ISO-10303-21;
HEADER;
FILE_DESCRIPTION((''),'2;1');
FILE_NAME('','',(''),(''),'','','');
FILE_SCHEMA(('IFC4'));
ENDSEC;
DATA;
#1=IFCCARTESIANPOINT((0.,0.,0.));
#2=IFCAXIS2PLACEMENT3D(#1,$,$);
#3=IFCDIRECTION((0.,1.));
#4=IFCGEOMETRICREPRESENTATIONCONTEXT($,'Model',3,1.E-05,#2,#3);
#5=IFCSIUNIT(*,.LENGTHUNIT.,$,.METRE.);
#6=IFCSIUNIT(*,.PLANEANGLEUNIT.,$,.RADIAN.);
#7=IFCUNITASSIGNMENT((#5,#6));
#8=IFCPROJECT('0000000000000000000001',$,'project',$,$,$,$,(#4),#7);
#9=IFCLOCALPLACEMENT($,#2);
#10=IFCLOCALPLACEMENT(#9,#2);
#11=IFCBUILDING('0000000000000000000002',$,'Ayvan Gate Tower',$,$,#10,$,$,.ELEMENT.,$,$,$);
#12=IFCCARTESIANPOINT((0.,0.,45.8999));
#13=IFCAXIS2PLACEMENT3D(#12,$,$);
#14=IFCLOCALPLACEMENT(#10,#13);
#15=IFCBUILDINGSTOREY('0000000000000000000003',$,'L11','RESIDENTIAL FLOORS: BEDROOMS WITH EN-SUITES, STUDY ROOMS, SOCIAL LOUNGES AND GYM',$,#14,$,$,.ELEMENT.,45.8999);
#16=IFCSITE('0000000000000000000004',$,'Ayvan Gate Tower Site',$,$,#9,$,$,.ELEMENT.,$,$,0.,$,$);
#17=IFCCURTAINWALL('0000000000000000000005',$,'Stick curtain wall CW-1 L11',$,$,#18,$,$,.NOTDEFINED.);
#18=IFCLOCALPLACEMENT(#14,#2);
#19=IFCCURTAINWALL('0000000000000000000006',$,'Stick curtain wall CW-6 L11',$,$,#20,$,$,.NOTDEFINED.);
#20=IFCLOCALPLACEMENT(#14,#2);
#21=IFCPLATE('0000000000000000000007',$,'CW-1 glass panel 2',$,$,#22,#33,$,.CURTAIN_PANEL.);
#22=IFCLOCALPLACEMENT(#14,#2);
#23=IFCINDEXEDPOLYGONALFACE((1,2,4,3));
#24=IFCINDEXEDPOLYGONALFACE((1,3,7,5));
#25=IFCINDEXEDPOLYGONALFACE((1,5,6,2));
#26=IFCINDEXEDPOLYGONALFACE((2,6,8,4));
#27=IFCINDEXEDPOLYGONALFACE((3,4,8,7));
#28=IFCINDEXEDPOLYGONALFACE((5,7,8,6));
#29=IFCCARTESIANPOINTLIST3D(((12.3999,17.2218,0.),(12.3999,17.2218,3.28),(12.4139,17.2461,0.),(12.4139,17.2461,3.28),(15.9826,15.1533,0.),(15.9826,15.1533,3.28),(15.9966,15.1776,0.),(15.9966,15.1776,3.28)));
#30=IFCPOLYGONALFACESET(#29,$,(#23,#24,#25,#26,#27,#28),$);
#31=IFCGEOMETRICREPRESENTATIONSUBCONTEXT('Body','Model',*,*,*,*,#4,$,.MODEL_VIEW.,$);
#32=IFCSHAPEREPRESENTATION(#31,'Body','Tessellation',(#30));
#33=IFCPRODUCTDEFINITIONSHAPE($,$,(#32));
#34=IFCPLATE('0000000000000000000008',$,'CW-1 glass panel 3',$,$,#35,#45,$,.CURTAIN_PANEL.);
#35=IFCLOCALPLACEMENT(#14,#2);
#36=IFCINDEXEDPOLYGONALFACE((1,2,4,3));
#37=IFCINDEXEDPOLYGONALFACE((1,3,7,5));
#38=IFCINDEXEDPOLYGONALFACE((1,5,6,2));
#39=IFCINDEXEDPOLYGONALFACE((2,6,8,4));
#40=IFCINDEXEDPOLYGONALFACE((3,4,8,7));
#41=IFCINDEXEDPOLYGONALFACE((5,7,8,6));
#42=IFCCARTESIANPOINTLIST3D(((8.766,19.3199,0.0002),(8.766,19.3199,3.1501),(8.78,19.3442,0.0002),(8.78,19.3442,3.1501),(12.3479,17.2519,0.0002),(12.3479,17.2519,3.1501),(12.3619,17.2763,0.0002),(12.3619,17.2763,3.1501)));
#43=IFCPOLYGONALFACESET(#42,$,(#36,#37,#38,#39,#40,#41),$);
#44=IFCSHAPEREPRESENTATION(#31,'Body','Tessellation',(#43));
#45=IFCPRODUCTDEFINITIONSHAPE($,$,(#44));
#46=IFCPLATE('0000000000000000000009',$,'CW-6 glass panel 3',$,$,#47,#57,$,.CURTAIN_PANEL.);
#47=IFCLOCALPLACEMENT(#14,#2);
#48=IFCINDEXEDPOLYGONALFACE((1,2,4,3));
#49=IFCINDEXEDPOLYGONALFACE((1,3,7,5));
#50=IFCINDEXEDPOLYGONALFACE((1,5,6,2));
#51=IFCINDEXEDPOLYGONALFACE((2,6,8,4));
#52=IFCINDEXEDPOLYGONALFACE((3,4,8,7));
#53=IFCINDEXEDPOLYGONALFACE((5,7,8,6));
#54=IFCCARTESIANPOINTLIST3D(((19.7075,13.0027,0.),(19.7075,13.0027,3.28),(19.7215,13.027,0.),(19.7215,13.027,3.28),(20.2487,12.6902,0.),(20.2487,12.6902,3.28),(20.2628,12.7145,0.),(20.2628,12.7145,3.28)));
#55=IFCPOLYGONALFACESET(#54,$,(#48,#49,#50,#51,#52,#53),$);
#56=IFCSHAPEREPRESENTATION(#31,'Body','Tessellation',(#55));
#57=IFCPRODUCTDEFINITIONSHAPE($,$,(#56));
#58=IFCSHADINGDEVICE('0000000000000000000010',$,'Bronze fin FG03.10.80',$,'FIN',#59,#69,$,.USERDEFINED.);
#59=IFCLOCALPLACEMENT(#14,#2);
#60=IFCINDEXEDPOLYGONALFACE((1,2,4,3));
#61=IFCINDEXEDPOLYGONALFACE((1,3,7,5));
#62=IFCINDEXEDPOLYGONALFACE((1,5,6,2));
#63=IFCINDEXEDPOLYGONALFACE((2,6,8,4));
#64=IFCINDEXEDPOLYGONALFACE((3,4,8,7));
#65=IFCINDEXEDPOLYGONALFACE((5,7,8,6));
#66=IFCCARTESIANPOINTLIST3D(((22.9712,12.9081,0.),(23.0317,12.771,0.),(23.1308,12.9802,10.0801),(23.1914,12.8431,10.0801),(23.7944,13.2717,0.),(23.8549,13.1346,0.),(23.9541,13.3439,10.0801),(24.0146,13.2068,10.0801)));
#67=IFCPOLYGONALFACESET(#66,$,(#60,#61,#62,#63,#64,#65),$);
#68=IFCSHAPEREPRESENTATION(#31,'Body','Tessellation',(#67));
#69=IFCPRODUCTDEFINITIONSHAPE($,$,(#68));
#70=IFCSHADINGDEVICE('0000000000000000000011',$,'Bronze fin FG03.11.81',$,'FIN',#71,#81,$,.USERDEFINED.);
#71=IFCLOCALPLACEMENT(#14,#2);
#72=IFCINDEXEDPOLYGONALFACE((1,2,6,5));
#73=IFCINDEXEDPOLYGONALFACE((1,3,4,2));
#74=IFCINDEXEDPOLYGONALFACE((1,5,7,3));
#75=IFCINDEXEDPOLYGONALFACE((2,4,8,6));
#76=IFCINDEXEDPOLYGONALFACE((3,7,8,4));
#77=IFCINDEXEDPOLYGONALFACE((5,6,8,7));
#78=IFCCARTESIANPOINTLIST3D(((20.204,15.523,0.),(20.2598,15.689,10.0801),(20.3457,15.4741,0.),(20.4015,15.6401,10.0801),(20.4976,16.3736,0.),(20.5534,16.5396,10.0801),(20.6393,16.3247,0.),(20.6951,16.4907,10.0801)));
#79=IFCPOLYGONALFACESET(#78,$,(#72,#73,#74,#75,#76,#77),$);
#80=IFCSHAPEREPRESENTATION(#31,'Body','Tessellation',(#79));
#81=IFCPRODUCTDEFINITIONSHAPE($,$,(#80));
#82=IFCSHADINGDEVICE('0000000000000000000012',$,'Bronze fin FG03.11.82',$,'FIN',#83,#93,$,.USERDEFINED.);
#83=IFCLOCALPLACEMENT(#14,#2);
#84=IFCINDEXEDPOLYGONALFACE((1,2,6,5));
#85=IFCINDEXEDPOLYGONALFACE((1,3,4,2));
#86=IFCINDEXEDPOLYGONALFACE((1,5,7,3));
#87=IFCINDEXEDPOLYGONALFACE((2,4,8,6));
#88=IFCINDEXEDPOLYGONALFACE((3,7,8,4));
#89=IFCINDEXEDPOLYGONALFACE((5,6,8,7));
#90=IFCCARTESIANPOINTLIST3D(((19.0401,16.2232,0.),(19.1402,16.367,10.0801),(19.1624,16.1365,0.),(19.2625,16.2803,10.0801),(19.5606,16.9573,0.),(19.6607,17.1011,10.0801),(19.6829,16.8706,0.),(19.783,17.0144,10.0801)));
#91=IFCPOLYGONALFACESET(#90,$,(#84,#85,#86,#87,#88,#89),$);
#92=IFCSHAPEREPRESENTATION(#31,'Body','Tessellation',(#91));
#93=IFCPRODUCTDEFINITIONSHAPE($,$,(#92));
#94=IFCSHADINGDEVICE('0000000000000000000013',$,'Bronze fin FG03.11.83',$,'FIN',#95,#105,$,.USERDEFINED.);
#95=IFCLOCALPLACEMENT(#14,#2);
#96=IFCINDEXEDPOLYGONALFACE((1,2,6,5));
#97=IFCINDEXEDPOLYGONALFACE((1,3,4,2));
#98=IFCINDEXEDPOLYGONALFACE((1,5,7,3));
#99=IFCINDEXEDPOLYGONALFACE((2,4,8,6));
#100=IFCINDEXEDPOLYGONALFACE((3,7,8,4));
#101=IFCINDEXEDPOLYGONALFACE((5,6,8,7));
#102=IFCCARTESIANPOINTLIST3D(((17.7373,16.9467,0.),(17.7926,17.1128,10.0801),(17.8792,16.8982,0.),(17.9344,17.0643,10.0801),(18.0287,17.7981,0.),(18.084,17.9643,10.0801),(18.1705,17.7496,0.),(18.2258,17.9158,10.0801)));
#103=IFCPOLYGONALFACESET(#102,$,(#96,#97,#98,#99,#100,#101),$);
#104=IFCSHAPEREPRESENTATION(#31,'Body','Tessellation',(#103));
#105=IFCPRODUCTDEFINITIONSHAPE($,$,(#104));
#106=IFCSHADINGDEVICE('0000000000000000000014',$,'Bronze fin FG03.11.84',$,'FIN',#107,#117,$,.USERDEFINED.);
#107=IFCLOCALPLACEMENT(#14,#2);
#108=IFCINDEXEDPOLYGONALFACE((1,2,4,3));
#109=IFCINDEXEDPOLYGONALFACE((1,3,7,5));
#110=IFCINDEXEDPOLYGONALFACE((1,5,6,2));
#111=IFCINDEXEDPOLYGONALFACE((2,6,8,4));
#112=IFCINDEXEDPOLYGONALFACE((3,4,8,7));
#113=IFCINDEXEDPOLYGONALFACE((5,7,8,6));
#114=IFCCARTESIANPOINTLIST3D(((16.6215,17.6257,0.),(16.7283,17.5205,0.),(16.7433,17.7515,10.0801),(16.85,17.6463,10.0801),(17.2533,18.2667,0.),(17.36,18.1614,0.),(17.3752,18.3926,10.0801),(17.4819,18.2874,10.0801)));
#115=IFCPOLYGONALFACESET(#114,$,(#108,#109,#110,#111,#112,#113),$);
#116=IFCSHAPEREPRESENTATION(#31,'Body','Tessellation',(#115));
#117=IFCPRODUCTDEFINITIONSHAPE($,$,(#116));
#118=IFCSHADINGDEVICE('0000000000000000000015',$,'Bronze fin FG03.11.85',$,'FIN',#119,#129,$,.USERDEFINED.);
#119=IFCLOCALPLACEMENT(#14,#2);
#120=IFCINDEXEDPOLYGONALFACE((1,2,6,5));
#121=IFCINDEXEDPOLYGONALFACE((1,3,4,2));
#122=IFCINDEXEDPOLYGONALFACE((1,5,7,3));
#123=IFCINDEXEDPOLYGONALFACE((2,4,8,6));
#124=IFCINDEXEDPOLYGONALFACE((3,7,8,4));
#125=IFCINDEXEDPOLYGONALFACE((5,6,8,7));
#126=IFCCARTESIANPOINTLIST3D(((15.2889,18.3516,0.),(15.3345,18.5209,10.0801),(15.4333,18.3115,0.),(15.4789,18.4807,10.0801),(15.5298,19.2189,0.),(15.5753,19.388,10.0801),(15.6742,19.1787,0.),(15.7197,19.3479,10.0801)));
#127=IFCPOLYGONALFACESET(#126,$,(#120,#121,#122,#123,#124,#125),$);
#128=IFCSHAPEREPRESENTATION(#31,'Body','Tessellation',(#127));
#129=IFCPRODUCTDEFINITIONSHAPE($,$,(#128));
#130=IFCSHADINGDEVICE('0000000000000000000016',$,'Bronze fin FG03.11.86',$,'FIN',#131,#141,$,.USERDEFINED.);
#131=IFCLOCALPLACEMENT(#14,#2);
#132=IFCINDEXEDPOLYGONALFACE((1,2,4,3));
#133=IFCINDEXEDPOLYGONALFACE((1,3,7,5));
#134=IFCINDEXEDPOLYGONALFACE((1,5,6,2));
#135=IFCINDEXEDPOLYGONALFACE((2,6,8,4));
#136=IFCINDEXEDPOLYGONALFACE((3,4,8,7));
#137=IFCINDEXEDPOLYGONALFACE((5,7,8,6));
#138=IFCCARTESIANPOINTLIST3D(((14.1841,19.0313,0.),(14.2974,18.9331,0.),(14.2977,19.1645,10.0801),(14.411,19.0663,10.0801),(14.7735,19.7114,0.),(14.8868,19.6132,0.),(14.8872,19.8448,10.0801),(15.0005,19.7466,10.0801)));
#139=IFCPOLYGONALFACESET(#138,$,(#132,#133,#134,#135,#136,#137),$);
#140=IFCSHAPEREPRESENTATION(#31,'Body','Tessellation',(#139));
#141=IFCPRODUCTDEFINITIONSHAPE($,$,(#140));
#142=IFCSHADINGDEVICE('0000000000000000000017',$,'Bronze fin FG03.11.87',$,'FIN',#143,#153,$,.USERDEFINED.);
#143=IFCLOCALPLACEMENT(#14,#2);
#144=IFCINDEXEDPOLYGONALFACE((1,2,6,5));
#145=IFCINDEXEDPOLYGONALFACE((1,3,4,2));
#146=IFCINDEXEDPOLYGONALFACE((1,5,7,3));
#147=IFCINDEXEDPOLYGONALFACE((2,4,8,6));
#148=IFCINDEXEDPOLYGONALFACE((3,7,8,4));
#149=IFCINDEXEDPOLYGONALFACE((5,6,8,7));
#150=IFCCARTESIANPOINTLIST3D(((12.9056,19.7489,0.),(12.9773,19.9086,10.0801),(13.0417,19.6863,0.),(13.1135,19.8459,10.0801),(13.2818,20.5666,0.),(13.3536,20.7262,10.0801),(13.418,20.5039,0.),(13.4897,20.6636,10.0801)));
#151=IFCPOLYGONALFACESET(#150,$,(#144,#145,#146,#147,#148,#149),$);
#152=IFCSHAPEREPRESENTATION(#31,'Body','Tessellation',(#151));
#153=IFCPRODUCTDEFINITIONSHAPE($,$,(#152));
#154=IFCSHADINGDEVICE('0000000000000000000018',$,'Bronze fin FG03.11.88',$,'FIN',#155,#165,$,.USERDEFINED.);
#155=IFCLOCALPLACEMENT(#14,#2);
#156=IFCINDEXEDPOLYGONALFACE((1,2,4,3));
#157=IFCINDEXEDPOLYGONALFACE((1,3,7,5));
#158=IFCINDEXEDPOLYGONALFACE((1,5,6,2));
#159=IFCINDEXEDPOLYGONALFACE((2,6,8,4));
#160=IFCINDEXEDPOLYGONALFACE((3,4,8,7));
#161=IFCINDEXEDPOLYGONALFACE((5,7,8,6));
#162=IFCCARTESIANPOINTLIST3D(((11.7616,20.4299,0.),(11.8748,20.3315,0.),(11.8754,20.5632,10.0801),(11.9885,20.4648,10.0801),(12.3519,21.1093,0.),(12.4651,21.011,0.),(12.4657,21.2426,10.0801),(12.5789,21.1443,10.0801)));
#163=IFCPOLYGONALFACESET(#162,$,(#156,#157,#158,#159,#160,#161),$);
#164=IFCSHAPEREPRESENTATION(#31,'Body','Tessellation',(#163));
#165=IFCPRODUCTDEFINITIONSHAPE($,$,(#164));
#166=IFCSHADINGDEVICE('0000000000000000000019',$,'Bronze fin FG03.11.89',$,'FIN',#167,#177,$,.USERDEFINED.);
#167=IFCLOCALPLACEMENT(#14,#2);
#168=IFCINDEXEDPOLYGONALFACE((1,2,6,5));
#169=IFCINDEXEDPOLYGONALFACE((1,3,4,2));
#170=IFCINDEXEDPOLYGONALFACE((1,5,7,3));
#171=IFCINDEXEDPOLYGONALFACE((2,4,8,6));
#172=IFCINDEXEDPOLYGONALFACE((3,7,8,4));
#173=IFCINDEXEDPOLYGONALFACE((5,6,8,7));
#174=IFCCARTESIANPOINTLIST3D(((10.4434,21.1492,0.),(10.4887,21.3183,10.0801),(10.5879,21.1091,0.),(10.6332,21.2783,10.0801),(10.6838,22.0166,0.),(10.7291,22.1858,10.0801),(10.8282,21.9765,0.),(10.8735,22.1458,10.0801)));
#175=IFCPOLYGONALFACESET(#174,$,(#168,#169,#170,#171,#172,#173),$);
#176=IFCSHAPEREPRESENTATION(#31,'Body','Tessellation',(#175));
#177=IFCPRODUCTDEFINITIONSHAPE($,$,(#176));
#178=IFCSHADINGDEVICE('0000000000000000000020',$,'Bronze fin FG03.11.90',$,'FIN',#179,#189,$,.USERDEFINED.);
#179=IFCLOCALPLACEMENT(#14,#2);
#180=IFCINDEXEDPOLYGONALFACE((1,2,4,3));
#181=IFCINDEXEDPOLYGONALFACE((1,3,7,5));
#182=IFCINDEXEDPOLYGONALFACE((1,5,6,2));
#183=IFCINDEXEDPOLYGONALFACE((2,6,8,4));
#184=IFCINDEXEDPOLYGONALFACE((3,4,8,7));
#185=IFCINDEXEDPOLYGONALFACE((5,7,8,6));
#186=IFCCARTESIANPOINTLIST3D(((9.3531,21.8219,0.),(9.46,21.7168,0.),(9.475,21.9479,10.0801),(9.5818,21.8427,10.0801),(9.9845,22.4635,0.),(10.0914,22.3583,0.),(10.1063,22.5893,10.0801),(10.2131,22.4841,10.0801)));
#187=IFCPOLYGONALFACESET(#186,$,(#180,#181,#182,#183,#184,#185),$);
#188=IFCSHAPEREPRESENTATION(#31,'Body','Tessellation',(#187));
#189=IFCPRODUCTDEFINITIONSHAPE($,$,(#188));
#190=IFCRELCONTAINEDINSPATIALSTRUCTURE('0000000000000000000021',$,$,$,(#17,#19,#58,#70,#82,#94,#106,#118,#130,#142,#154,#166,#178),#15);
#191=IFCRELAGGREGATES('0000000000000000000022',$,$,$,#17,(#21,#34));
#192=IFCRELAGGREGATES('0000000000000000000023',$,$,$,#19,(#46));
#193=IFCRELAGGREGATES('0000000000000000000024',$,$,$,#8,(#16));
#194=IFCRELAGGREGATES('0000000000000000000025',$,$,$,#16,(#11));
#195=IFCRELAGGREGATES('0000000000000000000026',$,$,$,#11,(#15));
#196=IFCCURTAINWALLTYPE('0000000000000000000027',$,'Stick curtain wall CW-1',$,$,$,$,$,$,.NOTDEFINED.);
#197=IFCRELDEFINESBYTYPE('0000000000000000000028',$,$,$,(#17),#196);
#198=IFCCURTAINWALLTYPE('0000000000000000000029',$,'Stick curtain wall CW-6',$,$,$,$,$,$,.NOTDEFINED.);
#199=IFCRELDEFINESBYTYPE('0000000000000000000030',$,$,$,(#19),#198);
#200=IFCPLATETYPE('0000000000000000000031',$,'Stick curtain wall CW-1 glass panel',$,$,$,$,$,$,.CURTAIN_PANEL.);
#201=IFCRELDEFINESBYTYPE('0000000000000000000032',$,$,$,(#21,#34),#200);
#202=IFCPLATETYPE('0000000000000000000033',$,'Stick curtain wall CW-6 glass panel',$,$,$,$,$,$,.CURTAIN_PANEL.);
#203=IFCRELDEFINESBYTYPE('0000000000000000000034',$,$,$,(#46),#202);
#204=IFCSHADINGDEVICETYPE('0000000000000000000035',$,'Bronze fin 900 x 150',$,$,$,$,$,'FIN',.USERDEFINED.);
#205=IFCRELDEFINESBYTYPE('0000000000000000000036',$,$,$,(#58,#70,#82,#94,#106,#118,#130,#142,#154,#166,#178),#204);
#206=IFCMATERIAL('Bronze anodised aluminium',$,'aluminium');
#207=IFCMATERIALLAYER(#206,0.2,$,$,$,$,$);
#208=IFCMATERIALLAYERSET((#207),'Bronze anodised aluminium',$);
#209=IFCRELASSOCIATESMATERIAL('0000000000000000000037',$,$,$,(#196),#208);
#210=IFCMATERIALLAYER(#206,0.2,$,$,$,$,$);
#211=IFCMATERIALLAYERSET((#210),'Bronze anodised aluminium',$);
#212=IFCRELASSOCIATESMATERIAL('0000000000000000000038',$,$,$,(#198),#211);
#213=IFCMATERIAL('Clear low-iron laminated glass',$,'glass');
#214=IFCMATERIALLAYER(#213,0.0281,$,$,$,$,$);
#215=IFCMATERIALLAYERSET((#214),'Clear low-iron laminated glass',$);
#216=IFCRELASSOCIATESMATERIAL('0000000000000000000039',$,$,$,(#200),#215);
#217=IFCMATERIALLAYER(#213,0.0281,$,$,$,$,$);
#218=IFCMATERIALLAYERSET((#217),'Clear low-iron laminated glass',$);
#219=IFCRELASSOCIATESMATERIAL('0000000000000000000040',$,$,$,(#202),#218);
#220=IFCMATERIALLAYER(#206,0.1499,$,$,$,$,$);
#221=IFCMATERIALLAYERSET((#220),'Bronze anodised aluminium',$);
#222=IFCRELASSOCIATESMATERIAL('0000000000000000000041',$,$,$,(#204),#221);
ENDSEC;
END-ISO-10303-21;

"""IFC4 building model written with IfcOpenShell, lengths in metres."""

from ifc_helpers import new_model, si_unit, direction, frame, origin, origin_2d, place, context, subcontext, project, spatial, polyline, rectangle, outline, extrude, material, layer, layer_set, type_object, element, aggregate, save


model = new_model("IFC4")

# Units and contexts
model_context = context("Model", 3, precision=1e-05, world=origin(), true_north=direction((0.0, 1.0)))
body_context = subcontext(model_context, "Body", "Model", "MODEL_VIEW")
ifc_project = project(units=[si_unit("LENGTHUNIT", "METRE"), si_unit("PLANEANGLEUNIT", "RADIAN")], contexts=[model_context])

# Site, building, storey
site_placement = place(None, origin())
site = spatial("IfcSite", under=ifc_project, at=site_placement, Name="Ayvan Gate Tower Site", CompositionType="ELEMENT", RefElevation=0.0)
building_placement = place(site_placement, origin())
building = spatial("IfcBuilding", under=site, at=building_placement, Name="Ayvan Gate Tower", CompositionType="ELEMENT")
storey_placement = place(building_placement, frame((0.0, 0.0, 45.8999)))
storey = spatial("IfcBuildingStorey", under=building, at=storey_placement, Name="L11", Description="RESIDENTIAL FLOORS: BEDROOMS WITH EN-SUITES, STUDY ROOMS, SOCIAL LOUNGES AND GYM", CompositionType="ELEMENT", Elevation=45.8999)

# Curtain walls
ifc_material_1 = material(Name="Bronze anodised aluminium", Category="aluminium")
ifc_layer_1 = layer(ifc_material_1, 0.2)
ifc_layer_set_1 = layer_set([ifc_layer_1], Name="Bronze anodised aluminium")
curtain_wall_type_1 = type_object("IfcCurtainWallType", Name="Stick curtain wall CW-1", PredefinedType="NOTDEFINED", material=ifc_layer_set_1)
curtain_wall_1_placement = place(storey_placement, origin())
curtain_wall_1 = element("IfcCurtainWall", 1, at=curtain_wall_1_placement, inside=storey, type_object=curtain_wall_type_1, Name="Stick curtain wall CW-1 L11", PredefinedType="NOTDEFINED")
ifc_layer_2 = layer(ifc_material_1, 0.2)
ifc_layer_set_2 = layer_set([ifc_layer_2], Name="Bronze anodised aluminium")
curtain_wall_type_2 = type_object("IfcCurtainWallType", Name="Stick curtain wall CW-6", PredefinedType="NOTDEFINED", material=ifc_layer_set_2)
curtain_wall_2_placement = place(storey_placement, origin())
curtain_wall_2 = element("IfcCurtainWall", 2, at=curtain_wall_2_placement, inside=storey, type_object=curtain_wall_type_2, Name="Stick curtain wall CW-6 L11", PredefinedType="NOTDEFINED")

# Plates
ifc_material_2 = material(Name="Clear low-iron laminated glass", Category="glass")
ifc_layer_3 = layer(ifc_material_2, 0.0281)
ifc_layer_set_3 = layer_set([ifc_layer_3], Name="Clear low-iron laminated glass")
plate_type_1 = type_object("IfcPlateType", Name="Stick curtain wall CW-1 glass panel", PredefinedType="CURTAIN_PANEL", material=ifc_layer_set_3)
plate_1_placement = place(storey_placement, frame((14.1982, 16.1997, 0.0), z_axis=(0.0, 0.0, 1.0), x_axis=(-0.866025, 0.5, 0.0)))
plate_1 = element("IfcPlate", 3, at=plate_1_placement, type_object=plate_type_1, Name="CW-1 glass panel 2", PredefinedType="CURTAIN_PANEL", context=body_context, shape_type="SweptSolid", body=[
    extrude(rectangle(XDim=4.137, YDim=0.0281, at=origin_2d()), origin(), (0.0, 0.0, 1.0), 3.28),
])
plate_2_placement = place(storey_placement, frame((10.564, 18.2981, 0.0002), z_axis=(0.0, 0.0, 1.0), x_axis=(-0.866025, 0.5, 0.0)))
plate_2 = element("IfcPlate", 4, at=plate_2_placement, type_object=plate_type_1, Name="CW-1 glass panel 3", PredefinedType="CURTAIN_PANEL", context=body_context, shape_type="SweptSolid", body=[
    extrude(rectangle(XDim=4.136, YDim=0.0281, at=origin_2d()), origin(), (0.0, 0.0, 1.0), 3.1499),
])
aggregate(curtain_wall_1, [plate_1, plate_2])
ifc_layer_4 = layer(ifc_material_2, 0.0281)
ifc_layer_set_4 = layer_set([ifc_layer_4], Name="Clear low-iron laminated glass")
plate_type_2 = type_object("IfcPlateType", Name="Stick curtain wall CW-6 glass panel", PredefinedType="CURTAIN_PANEL", material=ifc_layer_set_4)
plate_3_placement = place(storey_placement, frame((19.9851, 12.8586, 0.0), z_axis=(0.0, 0.0, 1.0), x_axis=(-0.866025, 0.5, 0.0)))
plate_3 = element("IfcPlate", 5, at=plate_3_placement, type_object=plate_type_2, Name="CW-6 glass panel 3", PredefinedType="CURTAIN_PANEL", context=body_context, shape_type="SweptSolid", body=[
    extrude(rectangle(XDim=0.625, YDim=0.0281, at=origin_2d()), origin(), (0.0, 0.0, 1.0), 3.28),
])
aggregate(curtain_wall_2, [plate_3])

# Shading devices
ifc_layer_5 = layer(ifc_material_1, 0.1499)
ifc_layer_set_5 = layer_set([ifc_layer_5], Name="Bronze anodised aluminium")
shading_device_type = type_object("IfcShadingDeviceType", Name="Bronze fin 900 x 150", ElementType="FIN", PredefinedType="USERDEFINED", material=ifc_layer_set_5)
shading_device_1_placement = place(storey_placement, frame((23.0317, 12.771, 0.0), z_axis=(0.404061, -0.914732, 0.000146), x_axis=(0.914732, 0.404061, 0.0)))
element("IfcShadingDevice", 6, at=shading_device_1_placement, inside=storey, type_object=shading_device_type, Name="Bronze fin FG03.10.80", ObjectType="FIN", PredefinedType="USERDEFINED", context=body_context, shape_type="SweptSolid", body=[
    extrude(outline(polyline([(0.0, 0.0), (0.8999, 0.0), (1.0752, 10.0801), (0.1752, 10.0801), (0.0, 0.0)])), origin(), (0.0, 0.0, -1.0), 0.1499),
])
shading_device_2_placement = place(storey_placement, frame((20.3457, 15.4741, 0.0), z_axis=(0.945279, -0.326262, 0.000142), x_axis=(0.326262, 0.945279, 0.0)))
element("IfcShadingDevice", 7, at=shading_device_2_placement, inside=storey, type_object=shading_device_type, Name="Bronze fin FG03.11.81", ObjectType="FIN", PredefinedType="USERDEFINED", context=body_context, shape_type="SweptSolid", body=[
    extrude(outline(polyline([(0.0, 0.0), (0.8998, 0.0), (1.075, 10.0801), (0.1751, 10.0801), (0.0, 0.0)])), origin(), (0.0, 0.0, -1.0), 0.1499),
])
shading_device_3_placement = place(storey_placement, frame((19.1624, 16.1365, 0.0), z_axis=(0.815763, -0.578386, 0.00015), x_axis=(0.578386, 0.815763, 0.0)))
element("IfcShadingDevice", 8, at=shading_device_3_placement, inside=storey, type_object=shading_device_type, Name="Bronze fin FG03.11.82", ObjectType="FIN", PredefinedType="USERDEFINED", context=body_context, shape_type="SweptSolid", body=[
    extrude(outline(polyline([(0.0, 0.0), (0.8999, 0.0), (1.0751, 10.0801), (0.1752, 10.0801), (0.0, 0.0)])), origin(), (0.0, 0.0, -1.0), 0.1499),
])
shading_device_4_placement = place(storey_placement, frame((17.8792, 16.8982, 0.0), z_axis=(0.94613, -0.323787, 0.000146), x_axis=(0.323787, 0.94613, 0.0)))
element("IfcShadingDevice", 9, at=shading_device_4_placement, inside=storey, type_object=shading_device_type, Name="Bronze fin FG03.11.83", ObjectType="FIN", PredefinedType="USERDEFINED", context=body_context, shape_type="SweptSolid", body=[
    extrude(outline(polyline([(0.0, 0.0), (0.8998, 0.0), (1.075, 10.0801), (0.175, 10.0801), (0.0, 0.0)])), origin(), (0.0, 0.0, -1.0), 0.1499),
])
shading_device_5_placement = place(storey_placement, frame((16.7283, 17.5205, 0.0), z_axis=(0.712174, -0.702002, 0.000158), x_axis=(0.702002, 0.712174, 0.0)))
element("IfcShadingDevice", 10, at=shading_device_5_placement, inside=storey, type_object=shading_device_type, Name="Bronze fin FG03.11.84", ObjectType="FIN", PredefinedType="USERDEFINED", context=body_context, shape_type="SweptSolid", body=[
    extrude(outline(polyline([(0.0, 0.0), (0.9, 0.0), (1.0752, 10.0801), (0.1751, 10.0801), (0.0, 0.0)])), origin(), (0.0, 0.0, -1.0), 0.1499),
])
shading_device_6_placement = place(storey_placement, frame((15.4333, 18.3115, 0.0), z_axis=(0.96353, -0.267602, 0.000139), x_axis=(0.267602, 0.96353, 0.0)))
element("IfcShadingDevice", 11, at=shading_device_6_placement, inside=storey, type_object=shading_device_type, Name="Bronze fin FG03.11.85", ObjectType="FIN", PredefinedType="USERDEFINED", context=body_context, shape_type="SweptSolid", body=[
    extrude(outline(polyline([(0.0, 0.0), (0.9, 0.0), (1.0752, 10.0801), (0.1752, 10.0801), (0.0, 0.0)])), origin(), (0.0, 0.0, -1.0), 0.1499),
])
shading_device_7_placement = place(storey_placement, frame((14.2974, 18.9331, 0.0), z_axis=(0.755694, -0.654925, 0.000141), x_axis=(0.654925, 0.755694, 0.0)))
element("IfcShadingDevice", 12, at=shading_device_7_placement, inside=storey, type_object=shading_device_type, Name="Bronze fin FG03.11.86", ObjectType="FIN", PredefinedType="USERDEFINED", context=body_context, shape_type="SweptSolid", body=[
    extrude(outline(polyline([(0.0, 0.0), (0.9, 0.0), (1.0752, 10.0801), (0.1751, 10.0801), (0.0, 0.0)])), origin(), (0.0, 0.0, -1.0), 0.1499),
])
shading_device_8_placement = place(storey_placement, frame((13.0417, 19.6863, 0.0), z_axis=(0.908443, -0.418009, 0.000152), x_axis=(0.418009, 0.908443, 0.0)))
element("IfcShadingDevice", 13, at=shading_device_8_placement, inside=storey, type_object=shading_device_type, Name="Bronze fin FG03.11.87", ObjectType="FIN", PredefinedType="USERDEFINED", context=body_context, shape_type="SweptSolid", body=[
    extrude(outline(polyline([(0.0, 0.0), (0.9, 0.0), (1.0751, 10.0801), (0.1751, 10.0801), (0.0, 0.0)])), origin(), (0.0, 0.0, -1.0), 0.1499),
])
shading_device_9_placement = place(storey_placement, frame((11.8748, 20.3315, 0.0), z_axis=(0.754874, -0.65587, 0.000153), x_axis=(0.65587, 0.754874, 0.0)))
element("IfcShadingDevice", 14, at=shading_device_9_placement, inside=storey, type_object=shading_device_type, Name="Bronze fin FG03.11.88", ObjectType="FIN", PredefinedType="USERDEFINED", context=body_context, shape_type="SweptSolid", body=[
    extrude(outline(polyline([(0.0, 0.0), (0.9001, 0.0), (1.0753, 10.0801), (0.1752, 10.0801), (0.0, 0.0)])), origin(), (0.0, 0.0, -1.0), 0.1499),
])
shading_device_10_placement = place(storey_placement, frame((10.5879, 21.1091, 0.0), z_axis=(0.963689, -0.267028, 0.000152), x_axis=(0.267028, 0.963689, 0.0)))
element("IfcShadingDevice", 15, at=shading_device_10_placement, inside=storey, type_object=shading_device_type, Name="Bronze fin FG03.11.89", ObjectType="FIN", PredefinedType="USERDEFINED", context=body_context, shape_type="SweptSolid", body=[
    extrude(outline(polyline([(0.0, 0.0), (0.9001, 0.0), (1.0753, 10.0801), (0.1751, 10.0801), (0.0, 0.0)])), origin(), (0.0, 0.0, -1.0), 0.1499),
])
shading_device_11_placement = place(storey_placement, frame((9.46, 21.7168, 0.0), z_axis=(0.712713, -0.701456, 0.000144), x_axis=(0.701456, 0.712713, 0.0)))
element("IfcShadingDevice", 16, at=shading_device_11_placement, inside=storey, type_object=shading_device_type, Name="Bronze fin FG03.11.90", ObjectType="FIN", PredefinedType="USERDEFINED", context=body_context, shape_type="SweptSolid", body=[
    extrude(outline(polyline([(0.0, 0.0), (0.9001, 0.0), (1.0752, 10.0801), (0.1752, 10.0801), (0.0, 0.0)])), origin(), (0.0, 0.0, -1.0), 0.1499),
])

save(model, "model.ifc")
